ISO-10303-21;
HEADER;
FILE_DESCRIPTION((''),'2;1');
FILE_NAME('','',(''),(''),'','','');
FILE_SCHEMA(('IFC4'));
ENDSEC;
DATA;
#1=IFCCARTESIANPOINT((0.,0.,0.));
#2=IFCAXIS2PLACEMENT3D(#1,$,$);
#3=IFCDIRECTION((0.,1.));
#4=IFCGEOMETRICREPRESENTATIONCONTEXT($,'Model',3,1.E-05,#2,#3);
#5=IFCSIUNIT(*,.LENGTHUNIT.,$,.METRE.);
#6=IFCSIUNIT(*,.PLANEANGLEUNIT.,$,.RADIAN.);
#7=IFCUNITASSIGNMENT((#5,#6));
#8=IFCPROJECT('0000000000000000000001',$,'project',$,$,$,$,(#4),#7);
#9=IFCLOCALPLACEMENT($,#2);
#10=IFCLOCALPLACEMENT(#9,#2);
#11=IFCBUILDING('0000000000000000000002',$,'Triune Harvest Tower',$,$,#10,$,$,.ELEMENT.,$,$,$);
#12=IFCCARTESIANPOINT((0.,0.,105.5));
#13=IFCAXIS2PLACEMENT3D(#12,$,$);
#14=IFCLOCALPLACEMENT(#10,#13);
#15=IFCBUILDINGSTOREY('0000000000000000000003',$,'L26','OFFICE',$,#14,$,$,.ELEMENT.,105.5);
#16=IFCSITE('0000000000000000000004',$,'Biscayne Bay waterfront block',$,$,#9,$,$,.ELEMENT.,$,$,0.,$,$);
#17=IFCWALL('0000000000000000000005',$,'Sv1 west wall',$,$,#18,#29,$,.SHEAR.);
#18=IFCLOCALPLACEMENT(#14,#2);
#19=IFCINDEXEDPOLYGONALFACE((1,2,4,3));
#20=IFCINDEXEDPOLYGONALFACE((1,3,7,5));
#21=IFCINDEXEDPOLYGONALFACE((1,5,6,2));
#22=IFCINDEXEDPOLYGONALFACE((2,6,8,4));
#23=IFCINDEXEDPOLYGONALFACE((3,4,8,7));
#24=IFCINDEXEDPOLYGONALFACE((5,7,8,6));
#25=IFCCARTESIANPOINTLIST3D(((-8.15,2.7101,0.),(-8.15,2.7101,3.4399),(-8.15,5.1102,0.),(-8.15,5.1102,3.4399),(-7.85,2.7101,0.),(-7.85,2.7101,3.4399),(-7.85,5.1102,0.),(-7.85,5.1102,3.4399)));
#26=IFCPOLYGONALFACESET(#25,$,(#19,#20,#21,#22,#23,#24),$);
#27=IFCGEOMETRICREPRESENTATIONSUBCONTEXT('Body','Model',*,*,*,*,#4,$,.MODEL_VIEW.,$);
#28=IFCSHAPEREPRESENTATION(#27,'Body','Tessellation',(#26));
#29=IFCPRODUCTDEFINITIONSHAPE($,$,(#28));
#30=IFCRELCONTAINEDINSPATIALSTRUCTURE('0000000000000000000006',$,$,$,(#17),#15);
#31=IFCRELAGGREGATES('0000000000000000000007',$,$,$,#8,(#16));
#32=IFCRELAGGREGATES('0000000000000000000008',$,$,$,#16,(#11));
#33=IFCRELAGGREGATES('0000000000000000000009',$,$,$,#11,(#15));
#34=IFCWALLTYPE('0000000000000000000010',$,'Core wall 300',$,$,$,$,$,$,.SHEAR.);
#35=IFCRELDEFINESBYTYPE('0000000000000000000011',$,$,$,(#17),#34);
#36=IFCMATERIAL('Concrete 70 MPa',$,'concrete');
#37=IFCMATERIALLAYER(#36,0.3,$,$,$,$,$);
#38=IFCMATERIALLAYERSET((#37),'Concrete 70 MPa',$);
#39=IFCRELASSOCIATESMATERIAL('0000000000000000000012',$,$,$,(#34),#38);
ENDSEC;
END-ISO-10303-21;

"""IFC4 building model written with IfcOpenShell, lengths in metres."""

from ifc_helpers import new_model, si_unit, direction, frame, frame_2d, origin, place, context, subcontext, project, spatial, rectangle, extrude, source, transform, mapped, material, layer, layer_set, type_object, element, save


model = new_model("IFC4")

# Units and contexts
model_context = context("Model", 3, precision=1e-05, world=origin(), true_north=direction((0.0, 1.0)))
body_context = subcontext(model_context, "Body", "Model", "MODEL_VIEW")
ifc_project = project(units=[si_unit("LENGTHUNIT", "METRE"), si_unit("PLANEANGLEUNIT", "RADIAN")], contexts=[model_context])

# Site, building, storey
site_placement = place(None, origin())
site = spatial("IfcSite", under=ifc_project, at=site_placement, Name="Biscayne Bay waterfront block", CompositionType="ELEMENT", RefElevation=0.0)
building_placement = place(site_placement, origin())
building = spatial("IfcBuilding", under=site, at=building_placement, Name="Triune Harvest Tower", CompositionType="ELEMENT")
storey_placement = place(building_placement, frame((0.0, 0.0, 105.5)))
storey = spatial("IfcBuildingStorey", under=building, at=storey_placement, Name="L26", Description="OFFICE", CompositionType="ELEMENT", Elevation=105.5)

# Shared definitions
ifc_material_1 = material(Name="Concrete 70 MPa", Category="concrete")
ifc_layer_1 = layer(ifc_material_1, 0.3)
ifc_layer_set_1 = layer_set([ifc_layer_1], Name="Concrete 70 MPa")
wall_type_1 = type_object("IfcWallType", Name="Core wall 300", PredefinedType="SHEAR", material=ifc_layer_set_1)

# Wall
shared_shape_1 = source(origin(), body_context, "Body", "SweptSolid", [
    extrude(rectangle(XDim=2.4001, YDim=0.3, at=frame_2d((1.2002, 0.0))), origin(), (0.0, 0.0, 1.0), 3.4399),
])
wall_1_placement = place(storey_placement, frame((-8.0, 2.71, 0.0), z_axis=(0.0, 0.0, 1.0), x_axis=(0.0, 1.0, 0.0)))
element("IfcWall", 1, at=wall_1_placement, inside=storey, type_object=wall_type_1, Name="Sv1 west wall", PredefinedType="SHEAR", context=body_context, shape_type="MappedRepresentation", body=[
    mapped(shared_shape_1, transform((0.0, 0.0, 0.0), scale=1.0)),
])

save(model, "model.ifc")
